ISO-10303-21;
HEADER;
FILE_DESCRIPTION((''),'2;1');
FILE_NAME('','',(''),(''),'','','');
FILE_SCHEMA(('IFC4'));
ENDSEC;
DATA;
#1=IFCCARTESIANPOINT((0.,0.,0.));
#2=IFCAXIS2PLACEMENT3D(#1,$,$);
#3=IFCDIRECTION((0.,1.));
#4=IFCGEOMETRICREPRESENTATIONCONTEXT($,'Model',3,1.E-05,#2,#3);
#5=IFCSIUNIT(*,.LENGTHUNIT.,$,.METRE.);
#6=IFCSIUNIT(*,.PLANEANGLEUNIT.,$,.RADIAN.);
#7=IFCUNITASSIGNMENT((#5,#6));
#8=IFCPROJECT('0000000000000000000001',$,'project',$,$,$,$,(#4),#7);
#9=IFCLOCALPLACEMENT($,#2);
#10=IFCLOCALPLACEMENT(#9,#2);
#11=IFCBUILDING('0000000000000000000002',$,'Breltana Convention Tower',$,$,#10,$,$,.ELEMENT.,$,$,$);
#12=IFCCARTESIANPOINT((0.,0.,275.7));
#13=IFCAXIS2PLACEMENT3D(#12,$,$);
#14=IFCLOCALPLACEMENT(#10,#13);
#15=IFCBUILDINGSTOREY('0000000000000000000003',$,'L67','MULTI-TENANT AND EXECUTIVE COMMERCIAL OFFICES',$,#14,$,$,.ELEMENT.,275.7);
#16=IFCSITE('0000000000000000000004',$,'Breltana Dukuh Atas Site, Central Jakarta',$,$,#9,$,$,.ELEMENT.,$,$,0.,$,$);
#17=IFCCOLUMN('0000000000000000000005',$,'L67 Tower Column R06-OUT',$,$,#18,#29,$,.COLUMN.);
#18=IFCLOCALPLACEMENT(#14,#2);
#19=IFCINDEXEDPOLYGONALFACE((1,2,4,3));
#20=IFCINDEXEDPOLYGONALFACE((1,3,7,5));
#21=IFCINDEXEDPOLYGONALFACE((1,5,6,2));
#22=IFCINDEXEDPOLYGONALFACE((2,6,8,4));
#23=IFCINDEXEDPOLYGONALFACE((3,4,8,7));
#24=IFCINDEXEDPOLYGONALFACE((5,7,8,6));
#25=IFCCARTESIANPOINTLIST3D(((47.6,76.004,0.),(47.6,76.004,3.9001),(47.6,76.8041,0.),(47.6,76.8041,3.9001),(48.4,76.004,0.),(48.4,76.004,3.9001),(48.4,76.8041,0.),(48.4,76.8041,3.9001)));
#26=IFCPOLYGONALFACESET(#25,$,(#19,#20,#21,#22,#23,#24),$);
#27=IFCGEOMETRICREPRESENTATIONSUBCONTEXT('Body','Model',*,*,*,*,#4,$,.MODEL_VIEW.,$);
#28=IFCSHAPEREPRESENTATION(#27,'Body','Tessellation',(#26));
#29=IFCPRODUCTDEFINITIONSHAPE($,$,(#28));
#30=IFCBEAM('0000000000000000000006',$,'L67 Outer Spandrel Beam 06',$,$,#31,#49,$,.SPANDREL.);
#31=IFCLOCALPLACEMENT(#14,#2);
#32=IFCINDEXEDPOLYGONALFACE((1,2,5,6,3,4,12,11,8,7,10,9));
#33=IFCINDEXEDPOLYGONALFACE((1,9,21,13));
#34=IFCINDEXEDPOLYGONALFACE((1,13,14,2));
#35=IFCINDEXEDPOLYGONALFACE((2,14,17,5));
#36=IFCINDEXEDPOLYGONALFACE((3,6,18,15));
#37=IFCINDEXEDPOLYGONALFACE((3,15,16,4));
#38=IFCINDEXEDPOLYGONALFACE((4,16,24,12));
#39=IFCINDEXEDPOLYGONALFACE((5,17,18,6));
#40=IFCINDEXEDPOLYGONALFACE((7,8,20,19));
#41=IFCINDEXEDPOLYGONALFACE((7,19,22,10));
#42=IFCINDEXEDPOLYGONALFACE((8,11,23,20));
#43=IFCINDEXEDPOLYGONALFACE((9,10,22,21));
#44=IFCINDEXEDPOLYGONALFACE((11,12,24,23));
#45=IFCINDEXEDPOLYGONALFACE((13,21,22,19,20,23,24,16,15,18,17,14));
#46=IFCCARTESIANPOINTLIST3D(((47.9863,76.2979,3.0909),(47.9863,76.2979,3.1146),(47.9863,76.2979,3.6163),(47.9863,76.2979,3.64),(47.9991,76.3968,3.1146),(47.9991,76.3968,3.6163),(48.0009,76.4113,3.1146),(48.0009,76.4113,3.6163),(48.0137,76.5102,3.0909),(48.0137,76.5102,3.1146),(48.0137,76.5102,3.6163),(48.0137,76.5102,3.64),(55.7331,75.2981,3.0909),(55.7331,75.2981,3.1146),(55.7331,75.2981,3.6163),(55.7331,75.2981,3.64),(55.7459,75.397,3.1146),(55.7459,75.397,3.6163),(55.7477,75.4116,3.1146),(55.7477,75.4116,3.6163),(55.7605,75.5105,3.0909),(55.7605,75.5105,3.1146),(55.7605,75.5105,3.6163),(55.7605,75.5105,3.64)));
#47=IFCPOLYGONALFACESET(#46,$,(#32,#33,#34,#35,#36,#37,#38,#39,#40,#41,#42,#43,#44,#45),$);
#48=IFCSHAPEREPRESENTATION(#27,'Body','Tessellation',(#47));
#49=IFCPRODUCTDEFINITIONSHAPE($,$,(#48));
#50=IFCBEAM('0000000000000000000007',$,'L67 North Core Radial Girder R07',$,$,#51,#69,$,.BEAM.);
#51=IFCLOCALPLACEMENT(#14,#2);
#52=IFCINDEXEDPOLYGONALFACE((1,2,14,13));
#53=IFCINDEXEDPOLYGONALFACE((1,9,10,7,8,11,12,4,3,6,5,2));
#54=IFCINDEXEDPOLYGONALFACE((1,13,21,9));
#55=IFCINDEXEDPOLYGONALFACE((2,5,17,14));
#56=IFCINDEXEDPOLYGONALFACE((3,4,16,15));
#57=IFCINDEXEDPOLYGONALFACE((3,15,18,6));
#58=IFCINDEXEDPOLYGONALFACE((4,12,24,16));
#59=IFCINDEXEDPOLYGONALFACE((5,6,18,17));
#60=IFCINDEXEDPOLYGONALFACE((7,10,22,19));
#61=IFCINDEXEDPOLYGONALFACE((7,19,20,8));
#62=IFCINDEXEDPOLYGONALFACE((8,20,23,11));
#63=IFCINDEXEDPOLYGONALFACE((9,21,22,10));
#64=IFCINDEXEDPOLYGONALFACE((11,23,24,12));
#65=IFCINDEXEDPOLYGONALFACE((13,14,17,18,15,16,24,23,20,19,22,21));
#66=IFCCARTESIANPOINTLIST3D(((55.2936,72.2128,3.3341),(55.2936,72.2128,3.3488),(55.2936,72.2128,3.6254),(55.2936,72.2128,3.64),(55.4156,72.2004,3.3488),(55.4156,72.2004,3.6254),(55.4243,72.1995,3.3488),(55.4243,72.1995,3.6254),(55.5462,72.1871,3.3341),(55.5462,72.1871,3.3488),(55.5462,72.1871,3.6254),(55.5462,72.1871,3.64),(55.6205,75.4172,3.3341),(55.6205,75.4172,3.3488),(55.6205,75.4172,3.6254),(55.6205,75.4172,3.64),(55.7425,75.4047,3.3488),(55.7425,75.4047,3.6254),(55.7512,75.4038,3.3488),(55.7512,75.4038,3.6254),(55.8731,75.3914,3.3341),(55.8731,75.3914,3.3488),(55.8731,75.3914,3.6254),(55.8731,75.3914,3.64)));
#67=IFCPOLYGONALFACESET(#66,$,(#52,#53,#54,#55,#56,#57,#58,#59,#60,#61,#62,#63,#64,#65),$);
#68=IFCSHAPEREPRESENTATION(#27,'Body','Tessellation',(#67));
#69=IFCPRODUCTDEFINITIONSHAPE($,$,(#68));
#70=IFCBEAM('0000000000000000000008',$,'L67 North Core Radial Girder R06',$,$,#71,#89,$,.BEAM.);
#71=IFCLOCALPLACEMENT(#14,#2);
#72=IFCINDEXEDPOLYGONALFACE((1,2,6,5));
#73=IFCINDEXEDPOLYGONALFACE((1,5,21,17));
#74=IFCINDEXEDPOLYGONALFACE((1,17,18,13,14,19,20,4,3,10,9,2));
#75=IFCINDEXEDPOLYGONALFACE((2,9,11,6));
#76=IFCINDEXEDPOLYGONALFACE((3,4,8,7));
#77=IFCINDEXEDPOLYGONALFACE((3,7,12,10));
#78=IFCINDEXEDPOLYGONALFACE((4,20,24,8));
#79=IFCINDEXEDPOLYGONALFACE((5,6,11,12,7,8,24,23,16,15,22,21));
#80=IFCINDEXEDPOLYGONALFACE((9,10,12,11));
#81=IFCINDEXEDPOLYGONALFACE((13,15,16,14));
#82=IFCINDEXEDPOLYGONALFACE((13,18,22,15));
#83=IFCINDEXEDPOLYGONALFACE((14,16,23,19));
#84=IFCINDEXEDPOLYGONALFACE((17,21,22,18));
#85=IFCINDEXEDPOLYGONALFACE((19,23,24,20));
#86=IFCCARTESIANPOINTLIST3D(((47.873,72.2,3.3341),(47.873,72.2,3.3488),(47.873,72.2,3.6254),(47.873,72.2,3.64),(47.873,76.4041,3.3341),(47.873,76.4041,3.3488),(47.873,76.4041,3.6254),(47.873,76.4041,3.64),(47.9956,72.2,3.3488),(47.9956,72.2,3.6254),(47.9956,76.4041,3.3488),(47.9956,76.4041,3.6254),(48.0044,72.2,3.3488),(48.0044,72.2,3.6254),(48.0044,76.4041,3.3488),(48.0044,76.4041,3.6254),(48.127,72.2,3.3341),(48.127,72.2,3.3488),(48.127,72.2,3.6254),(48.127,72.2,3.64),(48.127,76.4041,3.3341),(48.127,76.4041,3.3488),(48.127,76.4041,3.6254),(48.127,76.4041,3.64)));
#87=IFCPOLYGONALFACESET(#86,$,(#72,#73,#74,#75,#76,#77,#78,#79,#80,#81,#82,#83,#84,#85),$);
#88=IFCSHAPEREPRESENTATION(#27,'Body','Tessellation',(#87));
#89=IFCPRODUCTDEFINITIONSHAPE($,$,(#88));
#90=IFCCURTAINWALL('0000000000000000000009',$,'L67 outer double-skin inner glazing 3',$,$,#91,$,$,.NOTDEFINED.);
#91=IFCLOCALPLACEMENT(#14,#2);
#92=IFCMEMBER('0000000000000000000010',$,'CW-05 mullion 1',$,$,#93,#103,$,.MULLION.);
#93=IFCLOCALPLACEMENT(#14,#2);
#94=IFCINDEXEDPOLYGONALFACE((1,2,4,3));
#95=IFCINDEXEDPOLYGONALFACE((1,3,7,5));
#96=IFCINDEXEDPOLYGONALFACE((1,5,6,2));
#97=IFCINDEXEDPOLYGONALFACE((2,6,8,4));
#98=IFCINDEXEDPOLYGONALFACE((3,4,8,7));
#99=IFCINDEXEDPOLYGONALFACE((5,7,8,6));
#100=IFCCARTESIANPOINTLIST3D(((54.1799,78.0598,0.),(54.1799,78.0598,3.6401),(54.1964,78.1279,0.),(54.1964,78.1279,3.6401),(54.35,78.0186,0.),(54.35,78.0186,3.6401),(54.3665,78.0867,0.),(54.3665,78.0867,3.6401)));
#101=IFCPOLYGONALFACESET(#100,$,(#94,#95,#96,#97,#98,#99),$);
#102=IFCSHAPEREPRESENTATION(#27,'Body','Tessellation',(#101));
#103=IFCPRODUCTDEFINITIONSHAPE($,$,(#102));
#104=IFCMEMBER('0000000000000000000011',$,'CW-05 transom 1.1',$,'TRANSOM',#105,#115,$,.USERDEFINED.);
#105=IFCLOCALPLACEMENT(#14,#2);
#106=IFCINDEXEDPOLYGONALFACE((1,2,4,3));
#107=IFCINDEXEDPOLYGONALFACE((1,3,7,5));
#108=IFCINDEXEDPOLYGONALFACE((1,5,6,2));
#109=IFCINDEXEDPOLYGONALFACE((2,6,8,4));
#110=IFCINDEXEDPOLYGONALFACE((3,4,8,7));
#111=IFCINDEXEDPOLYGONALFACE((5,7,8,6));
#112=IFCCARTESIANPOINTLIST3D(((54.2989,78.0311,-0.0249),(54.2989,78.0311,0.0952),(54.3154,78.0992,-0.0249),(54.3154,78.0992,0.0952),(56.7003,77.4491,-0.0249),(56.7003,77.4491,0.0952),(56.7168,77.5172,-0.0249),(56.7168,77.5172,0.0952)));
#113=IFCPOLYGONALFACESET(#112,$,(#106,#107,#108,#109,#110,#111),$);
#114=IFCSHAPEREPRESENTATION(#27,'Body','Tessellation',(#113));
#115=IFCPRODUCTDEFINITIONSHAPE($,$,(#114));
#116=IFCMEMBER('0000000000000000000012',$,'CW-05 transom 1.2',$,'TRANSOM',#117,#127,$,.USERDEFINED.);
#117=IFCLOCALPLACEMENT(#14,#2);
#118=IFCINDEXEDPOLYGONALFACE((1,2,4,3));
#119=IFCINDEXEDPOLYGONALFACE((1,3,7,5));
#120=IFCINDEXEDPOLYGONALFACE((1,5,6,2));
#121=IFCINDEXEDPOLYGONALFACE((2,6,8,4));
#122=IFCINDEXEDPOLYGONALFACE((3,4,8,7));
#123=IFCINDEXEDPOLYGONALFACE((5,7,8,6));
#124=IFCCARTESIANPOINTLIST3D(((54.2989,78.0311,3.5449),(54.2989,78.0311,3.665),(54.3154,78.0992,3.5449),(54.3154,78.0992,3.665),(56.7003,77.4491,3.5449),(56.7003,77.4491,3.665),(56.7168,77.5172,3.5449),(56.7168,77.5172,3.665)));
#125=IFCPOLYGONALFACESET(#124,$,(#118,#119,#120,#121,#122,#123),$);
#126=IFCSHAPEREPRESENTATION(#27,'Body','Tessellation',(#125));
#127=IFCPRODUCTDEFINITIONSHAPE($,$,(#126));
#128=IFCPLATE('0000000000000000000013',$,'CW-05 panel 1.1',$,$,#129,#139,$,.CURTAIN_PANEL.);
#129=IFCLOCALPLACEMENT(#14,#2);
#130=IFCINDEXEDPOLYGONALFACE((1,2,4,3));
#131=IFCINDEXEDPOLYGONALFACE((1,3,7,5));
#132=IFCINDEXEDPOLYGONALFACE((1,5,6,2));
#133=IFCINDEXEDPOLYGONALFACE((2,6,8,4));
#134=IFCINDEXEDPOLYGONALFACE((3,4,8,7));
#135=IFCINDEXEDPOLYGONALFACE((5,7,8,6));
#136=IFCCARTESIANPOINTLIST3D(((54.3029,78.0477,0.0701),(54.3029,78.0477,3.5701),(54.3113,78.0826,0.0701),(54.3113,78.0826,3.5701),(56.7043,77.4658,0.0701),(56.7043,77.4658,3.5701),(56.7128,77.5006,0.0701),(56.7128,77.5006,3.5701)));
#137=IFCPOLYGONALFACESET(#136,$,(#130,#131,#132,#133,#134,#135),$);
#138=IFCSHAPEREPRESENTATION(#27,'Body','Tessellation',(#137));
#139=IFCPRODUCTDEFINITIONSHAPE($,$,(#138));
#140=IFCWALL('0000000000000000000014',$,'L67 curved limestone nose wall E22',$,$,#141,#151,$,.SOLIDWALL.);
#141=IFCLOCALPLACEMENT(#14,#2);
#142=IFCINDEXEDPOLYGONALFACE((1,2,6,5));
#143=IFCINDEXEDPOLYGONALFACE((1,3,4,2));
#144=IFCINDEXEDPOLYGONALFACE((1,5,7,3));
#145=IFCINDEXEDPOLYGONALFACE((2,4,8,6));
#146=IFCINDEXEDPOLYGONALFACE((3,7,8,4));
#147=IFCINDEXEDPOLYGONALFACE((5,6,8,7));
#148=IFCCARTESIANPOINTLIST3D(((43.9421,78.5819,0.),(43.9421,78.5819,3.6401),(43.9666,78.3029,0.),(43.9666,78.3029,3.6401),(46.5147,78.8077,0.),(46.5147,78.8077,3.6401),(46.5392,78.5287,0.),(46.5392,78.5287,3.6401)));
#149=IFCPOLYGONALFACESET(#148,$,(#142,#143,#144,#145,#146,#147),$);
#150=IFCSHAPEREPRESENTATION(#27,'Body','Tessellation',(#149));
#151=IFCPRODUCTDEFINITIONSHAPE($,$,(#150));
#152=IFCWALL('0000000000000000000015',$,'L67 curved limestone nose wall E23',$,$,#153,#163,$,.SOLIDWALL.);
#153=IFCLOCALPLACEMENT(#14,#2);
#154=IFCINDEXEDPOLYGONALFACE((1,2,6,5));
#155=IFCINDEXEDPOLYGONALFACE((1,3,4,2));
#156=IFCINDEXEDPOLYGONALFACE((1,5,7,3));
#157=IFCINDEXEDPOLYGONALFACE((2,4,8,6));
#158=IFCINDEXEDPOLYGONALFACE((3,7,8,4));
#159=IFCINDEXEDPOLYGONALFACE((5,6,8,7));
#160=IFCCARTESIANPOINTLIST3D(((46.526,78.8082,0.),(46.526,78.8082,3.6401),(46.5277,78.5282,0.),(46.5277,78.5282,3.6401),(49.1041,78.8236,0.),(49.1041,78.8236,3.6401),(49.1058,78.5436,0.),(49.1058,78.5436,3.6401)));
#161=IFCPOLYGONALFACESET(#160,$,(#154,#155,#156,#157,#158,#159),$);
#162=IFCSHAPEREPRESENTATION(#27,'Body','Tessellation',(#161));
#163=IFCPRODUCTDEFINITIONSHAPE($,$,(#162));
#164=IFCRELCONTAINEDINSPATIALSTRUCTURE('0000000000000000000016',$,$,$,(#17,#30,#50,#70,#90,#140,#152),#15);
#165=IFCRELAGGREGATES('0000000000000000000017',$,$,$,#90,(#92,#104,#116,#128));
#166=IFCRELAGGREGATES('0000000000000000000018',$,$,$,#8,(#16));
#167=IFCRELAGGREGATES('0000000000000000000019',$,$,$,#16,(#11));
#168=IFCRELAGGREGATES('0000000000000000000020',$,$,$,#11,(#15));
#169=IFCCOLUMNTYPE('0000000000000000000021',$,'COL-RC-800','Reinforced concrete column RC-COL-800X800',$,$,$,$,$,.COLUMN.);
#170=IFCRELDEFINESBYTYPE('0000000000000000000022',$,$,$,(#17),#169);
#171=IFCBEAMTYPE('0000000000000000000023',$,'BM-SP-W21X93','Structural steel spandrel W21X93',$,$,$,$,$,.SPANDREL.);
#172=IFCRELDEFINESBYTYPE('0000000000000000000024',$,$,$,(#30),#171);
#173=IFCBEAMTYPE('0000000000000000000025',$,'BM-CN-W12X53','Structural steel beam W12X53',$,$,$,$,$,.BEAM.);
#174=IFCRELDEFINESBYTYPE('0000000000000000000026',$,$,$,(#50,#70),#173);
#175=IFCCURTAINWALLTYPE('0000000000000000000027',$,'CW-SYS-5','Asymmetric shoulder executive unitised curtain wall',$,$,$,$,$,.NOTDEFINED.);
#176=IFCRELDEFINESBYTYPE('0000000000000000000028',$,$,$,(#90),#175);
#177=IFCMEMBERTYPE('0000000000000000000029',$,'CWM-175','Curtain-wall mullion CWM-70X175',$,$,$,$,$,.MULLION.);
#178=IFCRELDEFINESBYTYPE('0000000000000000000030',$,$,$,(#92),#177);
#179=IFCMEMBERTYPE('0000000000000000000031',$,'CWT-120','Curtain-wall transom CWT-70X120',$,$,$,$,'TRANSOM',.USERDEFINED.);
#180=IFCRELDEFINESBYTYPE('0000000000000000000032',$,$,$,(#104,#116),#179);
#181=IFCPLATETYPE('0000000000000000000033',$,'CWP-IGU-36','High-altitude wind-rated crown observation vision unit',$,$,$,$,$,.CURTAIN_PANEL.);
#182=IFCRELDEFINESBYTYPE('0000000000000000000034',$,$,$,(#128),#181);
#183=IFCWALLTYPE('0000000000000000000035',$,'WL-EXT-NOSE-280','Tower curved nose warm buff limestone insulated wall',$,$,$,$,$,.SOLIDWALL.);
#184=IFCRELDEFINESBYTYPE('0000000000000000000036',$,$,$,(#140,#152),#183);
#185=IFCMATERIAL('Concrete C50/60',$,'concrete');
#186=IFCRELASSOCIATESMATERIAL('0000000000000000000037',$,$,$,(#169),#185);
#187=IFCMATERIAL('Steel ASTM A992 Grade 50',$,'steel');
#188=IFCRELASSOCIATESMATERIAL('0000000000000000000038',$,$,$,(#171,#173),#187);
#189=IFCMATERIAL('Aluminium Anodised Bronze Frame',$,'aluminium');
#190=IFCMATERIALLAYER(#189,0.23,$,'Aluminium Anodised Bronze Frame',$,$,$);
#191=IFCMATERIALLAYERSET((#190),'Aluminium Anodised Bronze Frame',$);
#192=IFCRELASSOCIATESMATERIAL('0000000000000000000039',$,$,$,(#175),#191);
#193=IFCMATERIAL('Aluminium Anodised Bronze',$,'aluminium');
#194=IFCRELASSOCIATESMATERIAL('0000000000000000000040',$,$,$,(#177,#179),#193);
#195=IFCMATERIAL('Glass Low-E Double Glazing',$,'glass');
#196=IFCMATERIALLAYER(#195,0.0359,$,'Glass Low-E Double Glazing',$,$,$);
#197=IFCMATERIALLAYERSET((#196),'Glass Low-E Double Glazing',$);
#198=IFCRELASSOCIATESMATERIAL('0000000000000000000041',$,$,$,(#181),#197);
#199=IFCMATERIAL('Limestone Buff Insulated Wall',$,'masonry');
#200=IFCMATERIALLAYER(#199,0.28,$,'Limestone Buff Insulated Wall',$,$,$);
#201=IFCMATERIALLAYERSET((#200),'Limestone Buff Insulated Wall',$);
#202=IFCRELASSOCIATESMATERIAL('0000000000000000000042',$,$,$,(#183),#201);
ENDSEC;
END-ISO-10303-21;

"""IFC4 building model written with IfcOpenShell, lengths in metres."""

from ifc_helpers import new_model, si_unit, direction, frame, frame_2d, origin, origin_2d, place, context, subcontext, project, spatial, rectangle, i_section, extrude, source, transform, mapped, material, layer, layer_set, material_profile, profile_set, type_object, element, aggregate, save


model = new_model("IFC4")

# Units and contexts
model_context = context("Model", 3, precision=1e-05, world=origin(), true_north=direction((0.0, 1.0)))
body_context = subcontext(model_context, "Body", "Model", "MODEL_VIEW")
ifc_project = project(units=[si_unit("LENGTHUNIT", "METRE"), si_unit("PLANEANGLEUNIT", "RADIAN")], contexts=[model_context])

# Site, building, storey
site_placement = place(None, origin())
site = spatial("IfcSite", under=ifc_project, at=site_placement, Name="Breltana Dukuh Atas Site, Central Jakarta", CompositionType="ELEMENT", RefElevation=0.0)
building_placement = place(site_placement, origin())
building = spatial("IfcBuilding", under=site, at=building_placement, Name="Breltana Convention Tower", CompositionType="ELEMENT")
storey_placement = place(building_placement, frame((0.0, 0.0, 275.7)))
storey = spatial("IfcBuildingStorey", under=building, at=storey_placement, Name="L67", Description="MULTI-TENANT AND EXECUTIVE COMMERCIAL OFFICES", CompositionType="ELEMENT", Elevation=275.7)

# Column
ifc_material_1 = material(Name="Concrete C50/60", Category="concrete")
ifc_material_profile_1 = material_profile(ifc_material_1, rectangle(XDim=0.8, YDim=0.8, at=origin_2d()), Name="RC-COL-800X800")
ifc_profile_set_1 = profile_set([ifc_material_profile_1], Name="Concrete C50/60")
column_type = type_object("IfcColumnType", Name="COL-RC-800", Description="Reinforced concrete column RC-COL-800X800", PredefinedType="COLUMN", material=ifc_profile_set_1)
shared_shape_1 = source(origin(), body_context, "Body", "SweptSolid", [
    extrude(rectangle(XDim=0.8, YDim=0.8, at=origin_2d()), origin(), (0.0, 0.0, 1.0), 3.9001),
])
column_placement = place(storey_placement, frame((48.0, 76.4041, 0.0), z_axis=(0.0, 0.0, 1.0), x_axis=(0.0, 1.0, 0.0)))
element("IfcColumn", 1, at=column_placement, inside=storey, type_object=column_type, Name="L67 Tower Column R06-OUT", PredefinedType="COLUMN", context=body_context, shape_type="MappedRepresentation", body=[
    mapped(shared_shape_1, transform((0.0, 0.0, 0.0), scale=1.0)),
])

# Beams
ifc_material_2 = material(Name="Steel ASTM A992 Grade 50", Category="steel")
ifc_material_profile_2 = material_profile(ifc_material_2, i_section(OverallWidth=0.2141, OverallDepth=0.5491, WebThickness=0.0146, FlangeThickness=0.0237, at=origin_2d()), Name="W21X93")
ifc_profile_set_2 = profile_set([ifc_material_profile_2], Name="Steel ASTM A992 Grade 50")
beam_type_1 = type_object("IfcBeamType", Name="BM-SP-W21X93", Description="Structural steel spandrel W21X93", PredefinedType="SPANDREL", material=ifc_profile_set_2)
shared_shape_2 = source(origin(), body_context, "Body", "SweptSolid", [
    extrude(i_section(OverallWidth=0.2141, OverallDepth=0.5491, WebThickness=0.0146, FlangeThickness=0.0237, at=origin_2d()), origin(), (0.0, 0.0, 1.0), 7.811),
])
beam_1_placement = place(storey_placement, frame((48.0, 76.4041, 3.3655), z_axis=(0.991775, -0.127992, 0.0), x_axis=(0.127992, 0.991775, 0.0)))
element("IfcBeam", 2, at=beam_1_placement, inside=storey, type_object=beam_type_1, Name="L67 Outer Spandrel Beam 06", PredefinedType="SPANDREL", context=body_context, shape_type="MappedRepresentation", body=[
    mapped(shared_shape_2, transform((0.0, 0.0, 0.0), scale=1.0)),
])
ifc_material_profile_3 = material_profile(ifc_material_2, i_section(OverallWidth=0.2539, OverallDepth=0.3059, WebThickness=0.0088, FlangeThickness=0.0146, at=origin_2d()), Name="W12X53")
ifc_profile_set_3 = profile_set([ifc_material_profile_3], Name="Steel ASTM A992 Grade 50")
beam_type_2 = type_object("IfcBeamType", Name="BM-CN-W12X53", Description="Structural steel beam W12X53", PredefinedType="BEAM", material=ifc_profile_set_3)
shared_shape_3 = source(origin(), body_context, "Body", "SweptSolid", [
    extrude(i_section(OverallWidth=0.2539, OverallDepth=0.3059, WebThickness=0.0088, FlangeThickness=0.0146, at=origin_2d()), origin(), (0.0, 0.0, 1.0), 3.2209),
])
beam_2_placement = place(storey_placement, frame((55.4199, 72.2, 3.4871), z_axis=(0.101492, 0.994836, 0.0), x_axis=(-0.994836, 0.101492, 0.0)))
element("IfcBeam", 3, at=beam_2_placement, inside=storey, type_object=beam_type_2, Name="L67 North Core Radial Girder R07", PredefinedType="BEAM", context=body_context, shape_type="MappedRepresentation", body=[
    mapped(shared_shape_3, transform((0.0, 0.0, 0.0), scale=1.0)),
])
shared_shape_4 = source(origin(), body_context, "Body", "SweptSolid", [
    extrude(i_section(OverallWidth=0.2539, OverallDepth=0.3059, WebThickness=0.0088, FlangeThickness=0.0146, at=origin_2d()), origin(), (0.0, 0.0, 1.0), 4.2041),
])
beam_3_placement = place(storey_placement, frame((48.0, 72.2, 3.4871), z_axis=(0.0, 1.0, 0.0), x_axis=(-1.0, 0.0, 0.0)))
element("IfcBeam", 4, at=beam_3_placement, inside=storey, type_object=beam_type_2, Name="L67 North Core Radial Girder R06", PredefinedType="BEAM", context=body_context, shape_type="MappedRepresentation", body=[
    mapped(shared_shape_4, transform((0.0, 0.0, 0.0), scale=1.0)),
])

# Curtain wall, members, plate
ifc_material_3 = material(Name="Aluminium Anodised Bronze Frame", Category="aluminium")
ifc_layer_1 = layer(ifc_material_3, 0.23, Name="Aluminium Anodised Bronze Frame")
ifc_layer_set_1 = layer_set([ifc_layer_1], Name="Aluminium Anodised Bronze Frame")
curtain_wall_type = type_object("IfcCurtainWallType", Name="CW-SYS-5", Description="Asymmetric shoulder executive unitised curtain wall", PredefinedType="NOTDEFINED", material=ifc_layer_set_1)
curtain_wall_placement = place(storey_placement, origin())
curtain_wall = element("IfcCurtainWall", 5, at=curtain_wall_placement, inside=storey, type_object=curtain_wall_type, Name="L67 outer double-skin inner glazing 3", PredefinedType="NOTDEFINED")
ifc_material_4 = material(Name="Aluminium Anodised Bronze", Category="aluminium")
ifc_material_profile_4 = material_profile(ifc_material_4, rectangle(XDim=0.0701, YDim=0.175, at=origin_2d()), Name="CWM-70X175")
ifc_profile_set_4 = profile_set([ifc_material_profile_4], Name="Aluminium Anodised Bronze")
member_type_1 = type_object("IfcMemberType", Name="CWM-175", Description="Curtain-wall mullion CWM-70X175", PredefinedType="MULLION", material=ifc_profile_set_4)
shared_shape_5 = source(origin(), body_context, "Body", "SweptSolid", [
    extrude(rectangle(XDim=0.0701, YDim=0.175, at=origin_2d()), origin(), (0.0, 0.0, 1.0), 3.6401),
])
member_1_placement = place(storey_placement, frame((54.2732, 78.0732, 0.0), z_axis=(0.0, 0.0, 1.0), x_axis=(0.235518, 0.97187, 0.0)))
member_1 = element("IfcMember", 6, at=member_1_placement, type_object=member_type_1, Name="CW-05 mullion 1", PredefinedType="MULLION", context=body_context, shape_type="MappedRepresentation", body=[
    mapped(shared_shape_5, transform((0.0, 0.0, 0.0), scale=1.0)),
])
ifc_material_profile_5 = material_profile(ifc_material_4, rectangle(XDim=0.0701, YDim=0.1201, at=origin_2d()), Name="CWT-70X120")
ifc_profile_set_5 = profile_set([ifc_material_profile_5], Name="Aluminium Anodised Bronze")
member_type_2 = type_object("IfcMemberType", Name="CWT-120", Description="Curtain-wall transom CWT-70X120", ElementType="TRANSOM", PredefinedType="USERDEFINED", material=ifc_profile_set_5)
shared_shape_6 = source(origin(), body_context, "Body", "SweptSolid", [
    extrude(rectangle(XDim=0.0701, YDim=0.1201, at=origin_2d()), origin(), (0.0, 0.0, 1.0), 2.4709),
])
member_2_placement = place(storey_placement, frame((54.3071, 78.0652, 0.0352), z_axis=(0.971861, -0.235555, 0.0), x_axis=(0.235555, 0.971861, 0.0)))
member_2 = element("IfcMember", 7, at=member_2_placement, type_object=member_type_2, Name="CW-05 transom 1.1", ObjectType="TRANSOM", PredefinedType="USERDEFINED", context=body_context, shape_type="MappedRepresentation", body=[
    mapped(shared_shape_6, transform((0.0, 0.0, 0.0), scale=1.0)),
])
member_3_placement = place(storey_placement, frame((54.3071, 78.0652, 3.605), z_axis=(0.971861, -0.235555, 0.0), x_axis=(0.235555, 0.971861, 0.0)))
member_3 = element("IfcMember", 8, at=member_3_placement, type_object=member_type_2, Name="CW-05 transom 1.2", ObjectType="TRANSOM", PredefinedType="USERDEFINED", context=body_context, shape_type="MappedRepresentation", body=[
    mapped(shared_shape_6, transform((0.0, 0.0, 0.0), scale=1.0)),
])
ifc_material_5 = material(Name="Glass Low-E Double Glazing", Category="glass")
ifc_layer_2 = layer(ifc_material_5, 0.0359, Name="Glass Low-E Double Glazing")
ifc_layer_set_2 = layer_set([ifc_layer_2], Name="Glass Low-E Double Glazing")
plate_type = type_object("IfcPlateType", Name="CWP-IGU-36", Description="High-altitude wind-rated crown observation vision unit", PredefinedType="CURTAIN_PANEL", material=ifc_layer_set_2)
shared_shape_7 = source(origin(), body_context, "Body", "SweptSolid", [
    extrude(rectangle(XDim=2.4709, YDim=0.0359, at=origin_2d()), origin(), (0.0, 0.0, 1.0), 3.5),
])
plate_placement = place(storey_placement, frame((55.5078, 77.7742, 0.0701), z_axis=(0.0, 0.0, 1.0), x_axis=(0.97187, -0.235518, 0.0)))
plate = element("IfcPlate", 9, at=plate_placement, type_object=plate_type, Name="CW-05 panel 1.1", PredefinedType="CURTAIN_PANEL", context=body_context, shape_type="MappedRepresentation", body=[
    mapped(shared_shape_7, transform((0.0, 0.0, 0.0), scale=1.0)),
])
aggregate(curtain_wall, [member_1, member_2, member_3, plate])

# Walls
ifc_material_6 = material(Name="Limestone Buff Insulated Wall", Category="masonry")
ifc_layer_3 = layer(ifc_material_6, 0.28, Name="Limestone Buff Insulated Wall")
ifc_layer_set_3 = layer_set([ifc_layer_3], Name="Limestone Buff Insulated Wall")
wall_type_1 = type_object("IfcWallType", Name="WL-EXT-NOSE-280", Description="Tower curved nose warm buff limestone insulated wall", PredefinedType="SOLIDWALL", material=ifc_layer_set_3)
shared_shape_8 = source(origin(), body_context, "Body", "SweptSolid", [
    extrude(rectangle(XDim=2.5825, YDim=0.28, at=frame_2d((1.2913, 0.0))), origin(), (0.0, 0.0, 1.0), 3.6401),
])
wall_1_placement = place(storey_placement, frame((43.9543, 78.4424, 0.0), z_axis=(0.0, 0.0, 1.0), x_axis=(0.996169, 0.08745, 0.0)))
element("IfcWall", 10, at=wall_1_placement, inside=storey, type_object=wall_type_1, Name="L67 curved limestone nose wall E22", PredefinedType="SOLIDWALL", context=body_context, shape_type="MappedRepresentation", body=[
    mapped(shared_shape_8, transform((0.0, 0.0, 0.0), scale=1.0)),
])
shared_shape_9 = source(origin(), body_context, "Body", "SweptSolid", [
    extrude(rectangle(XDim=2.5781, YDim=0.28, at=frame_2d((1.2891, 0.0))), origin(), (0.0, 0.0, 1.0), 3.6401),
])
wall_2_placement = place(storey_placement, frame((46.5269, 78.6682, 0.0), z_axis=(0.0, 0.0, 1.0), x_axis=(0.999982, 0.005966, 0.0)))
element("IfcWall", 11, at=wall_2_placement, inside=storey, type_object=wall_type_1, Name="L67 curved limestone nose wall E23", PredefinedType="SOLIDWALL", context=body_context, shape_type="MappedRepresentation", body=[
    mapped(shared_shape_9, transform((0.0, 0.0, 0.0), scale=1.0)),
])

save(model, "model.ifc")
